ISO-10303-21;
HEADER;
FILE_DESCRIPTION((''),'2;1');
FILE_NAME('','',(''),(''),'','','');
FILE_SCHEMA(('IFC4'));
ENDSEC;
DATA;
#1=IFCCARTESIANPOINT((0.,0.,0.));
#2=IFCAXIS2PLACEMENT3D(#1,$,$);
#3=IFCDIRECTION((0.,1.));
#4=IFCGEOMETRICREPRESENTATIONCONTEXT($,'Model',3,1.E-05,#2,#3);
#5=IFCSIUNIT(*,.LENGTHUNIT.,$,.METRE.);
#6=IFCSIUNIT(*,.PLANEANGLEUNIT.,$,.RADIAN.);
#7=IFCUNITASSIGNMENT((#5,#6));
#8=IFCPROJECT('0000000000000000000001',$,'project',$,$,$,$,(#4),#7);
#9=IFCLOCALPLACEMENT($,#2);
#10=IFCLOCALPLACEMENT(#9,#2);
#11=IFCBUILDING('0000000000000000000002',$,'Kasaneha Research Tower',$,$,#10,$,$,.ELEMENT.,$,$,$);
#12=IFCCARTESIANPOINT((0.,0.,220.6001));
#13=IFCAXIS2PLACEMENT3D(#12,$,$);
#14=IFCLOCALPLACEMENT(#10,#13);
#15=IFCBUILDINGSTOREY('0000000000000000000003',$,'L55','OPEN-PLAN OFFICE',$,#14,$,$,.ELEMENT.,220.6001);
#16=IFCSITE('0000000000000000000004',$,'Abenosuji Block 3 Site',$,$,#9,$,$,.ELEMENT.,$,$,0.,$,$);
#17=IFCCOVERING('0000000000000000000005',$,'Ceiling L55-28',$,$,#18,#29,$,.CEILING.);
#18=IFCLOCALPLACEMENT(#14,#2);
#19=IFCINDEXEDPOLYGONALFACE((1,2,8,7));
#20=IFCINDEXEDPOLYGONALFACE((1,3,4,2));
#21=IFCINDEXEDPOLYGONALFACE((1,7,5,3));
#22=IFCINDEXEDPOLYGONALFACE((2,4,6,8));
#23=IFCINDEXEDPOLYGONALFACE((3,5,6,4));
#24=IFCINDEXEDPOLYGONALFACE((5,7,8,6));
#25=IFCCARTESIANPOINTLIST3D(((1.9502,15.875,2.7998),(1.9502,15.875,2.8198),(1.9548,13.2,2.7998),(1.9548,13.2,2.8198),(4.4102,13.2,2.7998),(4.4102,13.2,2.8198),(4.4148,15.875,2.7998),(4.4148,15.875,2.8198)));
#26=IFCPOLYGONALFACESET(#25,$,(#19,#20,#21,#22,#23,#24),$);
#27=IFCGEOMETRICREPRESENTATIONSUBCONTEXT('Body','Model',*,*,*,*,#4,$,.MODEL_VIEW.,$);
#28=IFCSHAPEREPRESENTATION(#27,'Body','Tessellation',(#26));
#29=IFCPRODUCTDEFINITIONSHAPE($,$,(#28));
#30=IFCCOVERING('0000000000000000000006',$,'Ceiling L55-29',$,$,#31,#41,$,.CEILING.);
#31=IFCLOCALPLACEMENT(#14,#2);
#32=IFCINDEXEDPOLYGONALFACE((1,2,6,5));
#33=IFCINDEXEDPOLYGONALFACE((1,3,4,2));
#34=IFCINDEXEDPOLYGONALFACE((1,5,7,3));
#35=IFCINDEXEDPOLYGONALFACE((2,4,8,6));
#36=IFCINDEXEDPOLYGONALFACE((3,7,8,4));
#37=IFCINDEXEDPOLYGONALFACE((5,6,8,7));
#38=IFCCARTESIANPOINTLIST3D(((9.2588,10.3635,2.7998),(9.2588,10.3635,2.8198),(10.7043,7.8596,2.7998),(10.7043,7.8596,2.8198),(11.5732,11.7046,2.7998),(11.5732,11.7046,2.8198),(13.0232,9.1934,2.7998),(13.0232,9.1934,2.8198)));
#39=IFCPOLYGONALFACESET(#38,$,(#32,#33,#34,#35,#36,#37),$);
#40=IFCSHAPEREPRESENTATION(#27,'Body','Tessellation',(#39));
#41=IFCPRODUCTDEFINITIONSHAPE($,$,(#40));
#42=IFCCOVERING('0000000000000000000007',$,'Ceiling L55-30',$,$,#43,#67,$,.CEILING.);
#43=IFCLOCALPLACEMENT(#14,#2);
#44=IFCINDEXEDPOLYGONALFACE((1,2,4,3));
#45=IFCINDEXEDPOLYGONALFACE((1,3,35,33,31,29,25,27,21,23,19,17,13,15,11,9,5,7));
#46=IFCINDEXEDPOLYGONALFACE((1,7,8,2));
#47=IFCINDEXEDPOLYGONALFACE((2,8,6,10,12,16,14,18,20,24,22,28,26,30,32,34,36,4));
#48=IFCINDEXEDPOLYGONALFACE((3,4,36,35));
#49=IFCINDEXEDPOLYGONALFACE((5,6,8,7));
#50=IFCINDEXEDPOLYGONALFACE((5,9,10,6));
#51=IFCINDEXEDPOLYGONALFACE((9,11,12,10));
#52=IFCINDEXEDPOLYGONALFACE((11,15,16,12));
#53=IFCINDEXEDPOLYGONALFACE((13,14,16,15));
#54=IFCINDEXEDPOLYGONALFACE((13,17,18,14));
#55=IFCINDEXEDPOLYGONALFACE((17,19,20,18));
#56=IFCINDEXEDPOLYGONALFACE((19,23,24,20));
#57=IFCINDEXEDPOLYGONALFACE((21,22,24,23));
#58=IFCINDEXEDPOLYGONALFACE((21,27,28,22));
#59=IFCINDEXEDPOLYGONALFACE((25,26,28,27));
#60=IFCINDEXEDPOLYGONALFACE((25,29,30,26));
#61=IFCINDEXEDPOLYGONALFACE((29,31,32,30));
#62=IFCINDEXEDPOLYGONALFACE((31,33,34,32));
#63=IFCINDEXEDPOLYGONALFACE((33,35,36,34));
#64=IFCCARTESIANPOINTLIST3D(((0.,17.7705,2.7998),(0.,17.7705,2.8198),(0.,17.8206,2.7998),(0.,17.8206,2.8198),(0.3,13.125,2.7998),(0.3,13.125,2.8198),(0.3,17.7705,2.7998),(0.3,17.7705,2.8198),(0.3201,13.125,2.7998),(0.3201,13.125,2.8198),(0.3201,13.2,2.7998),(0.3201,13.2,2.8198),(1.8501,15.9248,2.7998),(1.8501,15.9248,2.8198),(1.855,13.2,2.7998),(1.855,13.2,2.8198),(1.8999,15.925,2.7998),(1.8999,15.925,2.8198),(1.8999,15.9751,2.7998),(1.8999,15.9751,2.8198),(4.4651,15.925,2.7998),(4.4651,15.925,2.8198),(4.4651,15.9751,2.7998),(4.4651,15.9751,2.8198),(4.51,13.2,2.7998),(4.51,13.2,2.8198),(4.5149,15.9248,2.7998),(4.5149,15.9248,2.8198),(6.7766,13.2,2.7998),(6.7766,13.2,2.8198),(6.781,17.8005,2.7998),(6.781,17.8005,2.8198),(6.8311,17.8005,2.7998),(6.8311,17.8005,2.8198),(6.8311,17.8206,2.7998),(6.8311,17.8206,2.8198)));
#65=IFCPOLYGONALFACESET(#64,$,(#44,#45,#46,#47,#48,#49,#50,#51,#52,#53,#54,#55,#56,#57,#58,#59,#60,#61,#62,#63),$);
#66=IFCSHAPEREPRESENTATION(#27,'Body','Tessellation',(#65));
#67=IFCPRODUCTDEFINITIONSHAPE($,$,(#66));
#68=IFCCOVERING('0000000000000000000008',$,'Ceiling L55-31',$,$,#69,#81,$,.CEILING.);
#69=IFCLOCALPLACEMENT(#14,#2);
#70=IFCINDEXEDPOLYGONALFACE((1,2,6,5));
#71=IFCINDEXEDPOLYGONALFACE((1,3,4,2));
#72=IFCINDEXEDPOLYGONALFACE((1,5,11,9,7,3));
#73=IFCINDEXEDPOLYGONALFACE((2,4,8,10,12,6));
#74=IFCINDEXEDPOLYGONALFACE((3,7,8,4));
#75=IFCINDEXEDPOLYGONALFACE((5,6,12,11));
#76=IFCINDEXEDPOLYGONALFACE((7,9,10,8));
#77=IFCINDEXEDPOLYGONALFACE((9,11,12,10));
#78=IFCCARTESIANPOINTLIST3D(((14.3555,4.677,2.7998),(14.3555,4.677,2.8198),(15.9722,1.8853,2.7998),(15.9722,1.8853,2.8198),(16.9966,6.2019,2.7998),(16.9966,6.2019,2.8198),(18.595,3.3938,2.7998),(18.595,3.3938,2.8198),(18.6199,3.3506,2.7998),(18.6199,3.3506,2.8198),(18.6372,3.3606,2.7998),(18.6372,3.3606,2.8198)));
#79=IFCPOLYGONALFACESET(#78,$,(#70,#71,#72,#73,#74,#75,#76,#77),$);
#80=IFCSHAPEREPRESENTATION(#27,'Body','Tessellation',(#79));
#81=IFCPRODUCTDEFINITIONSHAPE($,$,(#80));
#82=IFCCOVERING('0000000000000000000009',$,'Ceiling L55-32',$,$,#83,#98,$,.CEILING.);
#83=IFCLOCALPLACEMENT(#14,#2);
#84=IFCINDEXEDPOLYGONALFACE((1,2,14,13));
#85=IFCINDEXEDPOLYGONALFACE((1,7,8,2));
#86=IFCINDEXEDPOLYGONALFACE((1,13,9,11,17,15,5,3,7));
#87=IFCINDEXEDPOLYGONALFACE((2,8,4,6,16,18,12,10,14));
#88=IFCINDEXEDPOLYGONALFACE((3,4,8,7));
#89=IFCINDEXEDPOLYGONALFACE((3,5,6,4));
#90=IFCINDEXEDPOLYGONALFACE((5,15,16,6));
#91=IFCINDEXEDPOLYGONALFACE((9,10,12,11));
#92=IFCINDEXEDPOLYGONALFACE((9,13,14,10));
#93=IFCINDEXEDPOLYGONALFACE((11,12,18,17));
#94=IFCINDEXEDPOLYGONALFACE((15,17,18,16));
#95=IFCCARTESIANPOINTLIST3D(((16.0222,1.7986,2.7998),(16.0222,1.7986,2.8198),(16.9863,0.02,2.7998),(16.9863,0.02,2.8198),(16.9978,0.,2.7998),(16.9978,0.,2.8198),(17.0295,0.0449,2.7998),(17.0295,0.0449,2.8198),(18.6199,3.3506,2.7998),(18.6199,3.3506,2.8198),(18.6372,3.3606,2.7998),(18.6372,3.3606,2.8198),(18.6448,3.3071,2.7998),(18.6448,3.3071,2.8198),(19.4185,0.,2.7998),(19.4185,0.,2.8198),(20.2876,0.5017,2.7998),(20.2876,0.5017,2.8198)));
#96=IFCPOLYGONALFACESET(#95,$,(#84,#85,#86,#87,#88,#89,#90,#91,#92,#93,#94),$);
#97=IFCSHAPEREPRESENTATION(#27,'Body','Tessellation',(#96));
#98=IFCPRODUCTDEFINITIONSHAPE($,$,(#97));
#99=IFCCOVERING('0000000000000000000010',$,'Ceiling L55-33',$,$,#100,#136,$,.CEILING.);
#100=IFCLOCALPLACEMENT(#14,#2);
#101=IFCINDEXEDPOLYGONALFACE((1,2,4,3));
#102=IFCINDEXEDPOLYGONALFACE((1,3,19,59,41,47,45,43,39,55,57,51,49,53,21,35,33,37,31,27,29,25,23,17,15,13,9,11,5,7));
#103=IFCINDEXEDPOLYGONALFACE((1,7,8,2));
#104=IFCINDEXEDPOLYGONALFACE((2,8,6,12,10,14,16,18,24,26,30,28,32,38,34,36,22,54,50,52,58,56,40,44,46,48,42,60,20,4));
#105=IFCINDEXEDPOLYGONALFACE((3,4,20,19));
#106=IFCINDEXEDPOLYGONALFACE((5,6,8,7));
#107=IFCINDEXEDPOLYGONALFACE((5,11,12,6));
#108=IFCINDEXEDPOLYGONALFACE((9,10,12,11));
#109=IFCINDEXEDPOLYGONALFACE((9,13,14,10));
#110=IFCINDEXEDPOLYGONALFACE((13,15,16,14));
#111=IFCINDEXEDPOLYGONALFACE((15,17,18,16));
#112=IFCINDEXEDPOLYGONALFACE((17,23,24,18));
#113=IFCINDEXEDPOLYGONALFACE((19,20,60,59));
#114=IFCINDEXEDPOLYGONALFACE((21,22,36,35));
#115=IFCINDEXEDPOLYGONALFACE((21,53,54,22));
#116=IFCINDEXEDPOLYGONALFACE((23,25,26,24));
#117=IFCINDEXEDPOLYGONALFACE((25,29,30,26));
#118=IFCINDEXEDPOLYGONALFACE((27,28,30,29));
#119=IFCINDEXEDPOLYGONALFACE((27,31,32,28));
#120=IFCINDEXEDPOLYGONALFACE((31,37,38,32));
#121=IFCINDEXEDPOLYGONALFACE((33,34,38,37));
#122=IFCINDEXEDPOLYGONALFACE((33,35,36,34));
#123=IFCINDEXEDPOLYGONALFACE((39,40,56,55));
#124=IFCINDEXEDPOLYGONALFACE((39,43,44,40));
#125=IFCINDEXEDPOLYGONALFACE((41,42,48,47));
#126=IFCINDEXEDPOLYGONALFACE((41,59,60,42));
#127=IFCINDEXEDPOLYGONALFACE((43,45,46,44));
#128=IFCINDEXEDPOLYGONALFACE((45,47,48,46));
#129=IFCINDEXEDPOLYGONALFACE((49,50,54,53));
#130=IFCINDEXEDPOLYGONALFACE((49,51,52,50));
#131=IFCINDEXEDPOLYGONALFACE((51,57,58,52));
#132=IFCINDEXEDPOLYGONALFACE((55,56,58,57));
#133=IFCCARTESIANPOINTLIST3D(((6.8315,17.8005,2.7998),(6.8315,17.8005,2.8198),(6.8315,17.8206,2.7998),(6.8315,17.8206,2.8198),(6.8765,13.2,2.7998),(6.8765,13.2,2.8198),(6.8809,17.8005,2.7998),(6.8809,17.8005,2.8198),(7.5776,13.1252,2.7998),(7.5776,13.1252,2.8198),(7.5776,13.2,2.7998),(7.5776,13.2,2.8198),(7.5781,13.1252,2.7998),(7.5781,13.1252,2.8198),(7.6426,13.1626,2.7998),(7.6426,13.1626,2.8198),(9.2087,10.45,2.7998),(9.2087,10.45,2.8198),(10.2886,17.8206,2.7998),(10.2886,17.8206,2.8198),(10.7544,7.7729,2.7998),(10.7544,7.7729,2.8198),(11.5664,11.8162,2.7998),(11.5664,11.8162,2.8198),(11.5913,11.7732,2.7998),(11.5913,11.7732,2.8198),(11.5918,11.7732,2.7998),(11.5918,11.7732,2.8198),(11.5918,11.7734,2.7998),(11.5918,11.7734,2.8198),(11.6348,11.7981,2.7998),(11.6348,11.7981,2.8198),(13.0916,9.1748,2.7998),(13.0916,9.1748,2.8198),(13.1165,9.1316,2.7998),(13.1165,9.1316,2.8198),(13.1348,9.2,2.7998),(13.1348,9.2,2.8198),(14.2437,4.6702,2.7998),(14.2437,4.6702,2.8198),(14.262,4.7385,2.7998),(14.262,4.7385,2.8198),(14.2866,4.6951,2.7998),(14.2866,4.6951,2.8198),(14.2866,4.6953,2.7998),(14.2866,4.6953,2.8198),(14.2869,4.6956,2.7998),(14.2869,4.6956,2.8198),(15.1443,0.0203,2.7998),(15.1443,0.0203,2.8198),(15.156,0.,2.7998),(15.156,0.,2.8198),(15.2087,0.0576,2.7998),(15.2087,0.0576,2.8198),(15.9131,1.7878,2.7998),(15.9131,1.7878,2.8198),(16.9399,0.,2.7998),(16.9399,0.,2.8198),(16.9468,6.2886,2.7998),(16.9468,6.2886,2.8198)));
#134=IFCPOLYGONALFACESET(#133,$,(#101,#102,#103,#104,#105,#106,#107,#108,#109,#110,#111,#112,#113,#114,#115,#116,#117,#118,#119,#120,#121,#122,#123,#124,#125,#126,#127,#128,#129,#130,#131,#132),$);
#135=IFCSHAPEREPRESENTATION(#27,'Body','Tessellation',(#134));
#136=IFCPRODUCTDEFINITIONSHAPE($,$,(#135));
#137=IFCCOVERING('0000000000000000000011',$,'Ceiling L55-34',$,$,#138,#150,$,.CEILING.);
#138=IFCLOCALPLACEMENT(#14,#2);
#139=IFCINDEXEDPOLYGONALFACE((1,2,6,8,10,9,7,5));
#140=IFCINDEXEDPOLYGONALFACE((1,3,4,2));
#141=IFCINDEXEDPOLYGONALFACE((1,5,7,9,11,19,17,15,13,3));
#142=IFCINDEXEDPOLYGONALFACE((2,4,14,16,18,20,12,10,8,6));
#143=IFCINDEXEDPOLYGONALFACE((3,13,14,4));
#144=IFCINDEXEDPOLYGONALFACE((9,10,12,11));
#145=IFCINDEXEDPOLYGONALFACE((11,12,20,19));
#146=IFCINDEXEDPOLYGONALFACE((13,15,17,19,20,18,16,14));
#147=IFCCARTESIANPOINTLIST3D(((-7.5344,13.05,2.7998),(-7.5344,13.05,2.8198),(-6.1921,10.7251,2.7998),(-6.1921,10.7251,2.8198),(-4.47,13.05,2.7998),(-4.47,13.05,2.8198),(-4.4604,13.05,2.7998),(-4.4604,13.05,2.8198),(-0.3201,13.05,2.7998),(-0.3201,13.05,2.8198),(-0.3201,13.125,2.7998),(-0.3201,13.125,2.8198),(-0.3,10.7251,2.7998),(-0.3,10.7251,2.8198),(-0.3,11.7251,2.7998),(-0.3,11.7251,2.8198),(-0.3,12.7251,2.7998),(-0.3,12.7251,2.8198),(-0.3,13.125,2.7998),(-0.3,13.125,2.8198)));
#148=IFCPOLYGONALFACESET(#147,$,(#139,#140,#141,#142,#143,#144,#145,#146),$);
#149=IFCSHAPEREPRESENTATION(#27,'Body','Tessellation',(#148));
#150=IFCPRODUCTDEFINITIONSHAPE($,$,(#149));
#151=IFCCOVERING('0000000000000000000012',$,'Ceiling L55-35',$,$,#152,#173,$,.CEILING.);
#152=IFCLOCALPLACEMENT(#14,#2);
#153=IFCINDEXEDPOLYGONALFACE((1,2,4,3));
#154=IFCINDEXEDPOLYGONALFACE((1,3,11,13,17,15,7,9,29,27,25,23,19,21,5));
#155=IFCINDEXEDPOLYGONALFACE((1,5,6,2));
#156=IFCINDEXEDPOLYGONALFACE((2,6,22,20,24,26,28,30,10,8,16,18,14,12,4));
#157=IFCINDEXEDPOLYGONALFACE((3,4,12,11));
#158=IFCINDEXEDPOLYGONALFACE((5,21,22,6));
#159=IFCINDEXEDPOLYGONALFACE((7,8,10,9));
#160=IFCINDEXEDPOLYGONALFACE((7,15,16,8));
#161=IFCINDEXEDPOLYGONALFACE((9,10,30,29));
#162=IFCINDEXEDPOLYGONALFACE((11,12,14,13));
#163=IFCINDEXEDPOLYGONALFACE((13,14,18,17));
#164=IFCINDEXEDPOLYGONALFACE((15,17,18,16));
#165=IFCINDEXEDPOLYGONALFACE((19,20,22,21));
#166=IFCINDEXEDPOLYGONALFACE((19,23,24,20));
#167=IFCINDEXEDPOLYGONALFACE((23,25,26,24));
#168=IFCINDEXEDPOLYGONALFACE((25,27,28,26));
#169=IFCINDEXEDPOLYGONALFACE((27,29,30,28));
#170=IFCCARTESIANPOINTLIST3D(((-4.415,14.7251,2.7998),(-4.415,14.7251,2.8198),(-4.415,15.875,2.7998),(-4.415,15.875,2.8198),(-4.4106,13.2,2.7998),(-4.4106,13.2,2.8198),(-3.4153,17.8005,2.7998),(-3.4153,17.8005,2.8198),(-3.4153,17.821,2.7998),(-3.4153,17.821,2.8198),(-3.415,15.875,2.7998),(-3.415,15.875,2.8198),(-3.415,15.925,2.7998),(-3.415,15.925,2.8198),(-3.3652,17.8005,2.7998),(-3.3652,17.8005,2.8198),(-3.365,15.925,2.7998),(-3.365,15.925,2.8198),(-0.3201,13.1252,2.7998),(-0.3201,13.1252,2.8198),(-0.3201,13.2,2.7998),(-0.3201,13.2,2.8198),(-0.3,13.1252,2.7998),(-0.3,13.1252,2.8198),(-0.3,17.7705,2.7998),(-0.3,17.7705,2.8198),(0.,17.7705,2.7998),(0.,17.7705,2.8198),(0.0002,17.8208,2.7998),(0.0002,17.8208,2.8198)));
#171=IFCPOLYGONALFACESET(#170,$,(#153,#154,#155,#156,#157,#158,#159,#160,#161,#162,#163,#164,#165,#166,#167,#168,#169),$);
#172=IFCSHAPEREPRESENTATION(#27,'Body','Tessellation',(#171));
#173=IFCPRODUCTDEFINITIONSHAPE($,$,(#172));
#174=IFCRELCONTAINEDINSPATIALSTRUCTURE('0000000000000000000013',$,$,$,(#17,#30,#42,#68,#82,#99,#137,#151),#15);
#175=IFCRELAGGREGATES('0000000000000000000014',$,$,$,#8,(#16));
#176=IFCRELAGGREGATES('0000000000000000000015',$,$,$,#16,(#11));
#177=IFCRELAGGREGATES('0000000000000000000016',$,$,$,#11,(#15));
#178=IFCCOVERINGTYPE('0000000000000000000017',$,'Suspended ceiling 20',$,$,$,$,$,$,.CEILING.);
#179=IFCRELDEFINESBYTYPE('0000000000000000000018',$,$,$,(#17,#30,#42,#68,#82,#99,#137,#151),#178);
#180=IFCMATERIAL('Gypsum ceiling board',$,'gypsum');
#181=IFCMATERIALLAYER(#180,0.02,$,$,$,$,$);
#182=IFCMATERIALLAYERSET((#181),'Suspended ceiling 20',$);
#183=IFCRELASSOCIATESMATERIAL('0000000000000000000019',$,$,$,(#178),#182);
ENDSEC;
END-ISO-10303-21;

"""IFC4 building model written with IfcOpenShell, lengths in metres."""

from ifc_helpers import new_model, si_unit, direction, frame, origin, place, context, subcontext, project, spatial, polyline, outline, extrude, material, layer, layer_set, type_object, element, save


model = new_model("IFC4")

# Units and contexts
model_context = context("Model", 3, precision=1e-05, world=origin(), true_north=direction((0.0, 1.0)))
body_context = subcontext(model_context, "Body", "Model", "MODEL_VIEW")
ifc_project = project(units=[si_unit("LENGTHUNIT", "METRE"), si_unit("PLANEANGLEUNIT", "RADIAN")], contexts=[model_context])

# Site, building, storey
site_placement = place(None, origin())
site = spatial("IfcSite", under=ifc_project, at=site_placement, Name="Abenosuji Block 3 Site", CompositionType="ELEMENT", RefElevation=0.0)
building_placement = place(site_placement, origin())
building = spatial("IfcBuilding", under=site, at=building_placement, Name="Kasaneha Research Tower", CompositionType="ELEMENT")
storey_placement = place(building_placement, frame((0.0, 0.0, 220.6001)))
storey = spatial("IfcBuildingStorey", under=building, at=storey_placement, Name="L55", Description="OPEN-PLAN OFFICE", CompositionType="ELEMENT", Elevation=220.6001)

# Coverings
ifc_material_1 = material(Name="Gypsum ceiling board", Category="gypsum")
ifc_layer_1 = layer(ifc_material_1, 0.02)
ifc_layer_set_1 = layer_set([ifc_layer_1], Name="Suspended ceiling 20")
covering_type_1 = type_object("IfcCoveringType", Name="Suspended ceiling 20", PredefinedType="CEILING", material=ifc_layer_set_1)
covering_1_placement = place(storey_placement, frame((0.0, 0.0, 2.7998)))
element("IfcCovering", 1, at=covering_1_placement, inside=storey, type_object=covering_type_1, Name="Ceiling L55-28", PredefinedType="CEILING", context=body_context, shape_type="SweptSolid", body=[
    extrude(outline(polyline([(4.4102, 13.2), (1.9548, 13.2), (1.9502, 15.875), (4.4148, 15.875), (4.4102, 13.2)])), origin(), (0.0, 0.0, 1.0), 0.02),
])
covering_2_placement = place(storey_placement, frame((0.0, 0.0, 2.7998)))
element("IfcCovering", 2, at=covering_2_placement, inside=storey, type_object=covering_type_1, Name="Ceiling L55-29", PredefinedType="CEILING", context=body_context, shape_type="SweptSolid", body=[
    extrude(outline(polyline([(9.2588, 10.3635), (11.5732, 11.7046), (13.0232, 9.1934), (10.7043, 7.8596), (9.2588, 10.3635)])), origin(), (0.0, 0.0, 1.0), 0.02),
])
covering_3_placement = place(storey_placement, frame((0.0, 0.0, 2.7998)))
element("IfcCovering", 3, at=covering_3_placement, inside=storey, type_object=covering_type_1, Name="Ceiling L55-30", PredefinedType="CEILING", context=body_context, shape_type="SweptSolid", body=[
    extrude(outline(polyline([(6.8311, 17.8206), (6.8311, 17.8005), (6.781, 17.8005), (6.7766, 13.2), (4.51, 13.2), (4.5149, 15.9248), (4.4651, 15.925), (4.4651, 15.9751), (1.8999, 15.9751), (1.8999, 15.925), (1.8501, 15.9248), (1.855, 13.2), (0.3201, 13.2), (0.3201, 13.125), (0.3, 13.125), (0.3, 17.7705), (0.3, 17.7705), (0.0, 17.7705), (0.0, 17.8206), (6.8311, 17.8206)])), origin(), (0.0, 0.0, 1.0), 0.02),
])
covering_4_placement = place(storey_placement, frame((0.0, 0.0, 2.7998)))
element("IfcCovering", 4, at=covering_4_placement, inside=storey, type_object=covering_type_1, Name="Ceiling L55-31", PredefinedType="CEILING", context=body_context, shape_type="SweptSolid", body=[
    extrude(outline(polyline([(18.6372, 3.3606), (18.6199, 3.3506), (18.595, 3.3938), (15.9722, 1.8853), (14.3555, 4.677), (16.9966, 6.2019), (18.6372, 3.3606)])), origin(), (0.0, 0.0, 1.0), 0.02),
])
covering_5_placement = place(storey_placement, frame((0.0, 0.0, 2.7998)))
element("IfcCovering", 5, at=covering_5_placement, inside=storey, type_object=covering_type_1, Name="Ceiling L55-32", PredefinedType="CEILING", context=body_context, shape_type="SweptSolid", body=[
    extrude(outline(polyline([(20.2876, 0.5017), (19.4185, 0.0), (16.9978, 0.0), (16.9863, 0.02), (17.0295, 0.0449), (16.0222, 1.7986), (18.6448, 3.3071), (18.6199, 3.3506), (18.6372, 3.3606), (20.2876, 0.5017)])), origin(), (0.0, 0.0, 1.0), 0.02),
])
covering_6_placement = place(storey_placement, frame((0.0, 0.0, 2.7998)))
element("IfcCovering", 6, at=covering_6_placement, inside=storey, type_object=covering_type_1, Name="Ceiling L55-33", PredefinedType="CEILING", context=body_context, shape_type="SweptSolid", body=[
    extrude(outline(polyline([(11.5918, 11.7734), (11.5913, 11.7732), (11.5664, 11.8162), (9.2087, 10.45), (7.6426, 13.1626), (7.5781, 13.1252), (7.5781, 13.1252), (7.5776, 13.1252), (7.5776, 13.2), (6.8765, 13.2), (6.8809, 17.8005), (6.8315, 17.8005), (6.8315, 17.8206), (10.2886, 17.8206), (16.9468, 6.2886), (14.262, 4.7385), (14.2869, 4.6956), (14.2866, 4.6953), (14.2866, 4.6951), (14.2437, 4.6702), (15.9131, 1.7878), (16.9399, 0.0), (15.156, 0.0), (15.1443, 0.0203), (15.2087, 0.0576), (10.7544, 7.7729), (13.1165, 9.1316), (13.0916, 9.1748), (13.1348, 9.2), (11.6348, 11.7981), (11.5918, 11.7732), (11.5918, 11.7734)])), origin(), (0.0, 0.0, 1.0), 0.02),
])
covering_7_placement = place(storey_placement, frame((0.0, 0.0, 2.7998)))
element("IfcCovering", 7, at=covering_7_placement, inside=storey, type_object=covering_type_1, Name="Ceiling L55-34", PredefinedType="CEILING", context=body_context, shape_type="SweptSolid", body=[
    extrude(outline(polyline([(-0.3, 11.7251), (-0.3, 10.7251), (-6.1921, 10.7251), (-7.5344, 13.05), (-4.47, 13.05), (-4.4604, 13.05), (-0.3201, 13.05), (-0.3201, 13.125), (-0.3, 13.125), (-0.3, 12.7251), (-0.3, 11.7251)])), origin(), (0.0, 0.0, 1.0), 0.02),
])
covering_8_placement = place(storey_placement, frame((0.0, 0.0, 2.7998)))
element("IfcCovering", 8, at=covering_8_placement, inside=storey, type_object=covering_type_1, Name="Ceiling L55-35", PredefinedType="CEILING", context=body_context, shape_type="SweptSolid", body=[
    extrude(outline(polyline([(0.0002, 17.8208), (0.0, 17.7705), (-0.3, 17.7705), (-0.3, 13.1252), (-0.3201, 13.1252), (-0.3201, 13.2), (-4.4106, 13.2), (-4.415, 14.7251), (-4.415, 15.875), (-3.415, 15.875), (-3.415, 15.925), (-3.415, 15.925), (-3.415, 15.925), (-3.365, 15.925), (-3.3652, 17.8005), (-3.4153, 17.8005), (-3.4153, 17.821), (0.0002, 17.8208)])), origin(), (0.0, 0.0, 1.0), 0.02),
])

save(model, "model.ifc")
